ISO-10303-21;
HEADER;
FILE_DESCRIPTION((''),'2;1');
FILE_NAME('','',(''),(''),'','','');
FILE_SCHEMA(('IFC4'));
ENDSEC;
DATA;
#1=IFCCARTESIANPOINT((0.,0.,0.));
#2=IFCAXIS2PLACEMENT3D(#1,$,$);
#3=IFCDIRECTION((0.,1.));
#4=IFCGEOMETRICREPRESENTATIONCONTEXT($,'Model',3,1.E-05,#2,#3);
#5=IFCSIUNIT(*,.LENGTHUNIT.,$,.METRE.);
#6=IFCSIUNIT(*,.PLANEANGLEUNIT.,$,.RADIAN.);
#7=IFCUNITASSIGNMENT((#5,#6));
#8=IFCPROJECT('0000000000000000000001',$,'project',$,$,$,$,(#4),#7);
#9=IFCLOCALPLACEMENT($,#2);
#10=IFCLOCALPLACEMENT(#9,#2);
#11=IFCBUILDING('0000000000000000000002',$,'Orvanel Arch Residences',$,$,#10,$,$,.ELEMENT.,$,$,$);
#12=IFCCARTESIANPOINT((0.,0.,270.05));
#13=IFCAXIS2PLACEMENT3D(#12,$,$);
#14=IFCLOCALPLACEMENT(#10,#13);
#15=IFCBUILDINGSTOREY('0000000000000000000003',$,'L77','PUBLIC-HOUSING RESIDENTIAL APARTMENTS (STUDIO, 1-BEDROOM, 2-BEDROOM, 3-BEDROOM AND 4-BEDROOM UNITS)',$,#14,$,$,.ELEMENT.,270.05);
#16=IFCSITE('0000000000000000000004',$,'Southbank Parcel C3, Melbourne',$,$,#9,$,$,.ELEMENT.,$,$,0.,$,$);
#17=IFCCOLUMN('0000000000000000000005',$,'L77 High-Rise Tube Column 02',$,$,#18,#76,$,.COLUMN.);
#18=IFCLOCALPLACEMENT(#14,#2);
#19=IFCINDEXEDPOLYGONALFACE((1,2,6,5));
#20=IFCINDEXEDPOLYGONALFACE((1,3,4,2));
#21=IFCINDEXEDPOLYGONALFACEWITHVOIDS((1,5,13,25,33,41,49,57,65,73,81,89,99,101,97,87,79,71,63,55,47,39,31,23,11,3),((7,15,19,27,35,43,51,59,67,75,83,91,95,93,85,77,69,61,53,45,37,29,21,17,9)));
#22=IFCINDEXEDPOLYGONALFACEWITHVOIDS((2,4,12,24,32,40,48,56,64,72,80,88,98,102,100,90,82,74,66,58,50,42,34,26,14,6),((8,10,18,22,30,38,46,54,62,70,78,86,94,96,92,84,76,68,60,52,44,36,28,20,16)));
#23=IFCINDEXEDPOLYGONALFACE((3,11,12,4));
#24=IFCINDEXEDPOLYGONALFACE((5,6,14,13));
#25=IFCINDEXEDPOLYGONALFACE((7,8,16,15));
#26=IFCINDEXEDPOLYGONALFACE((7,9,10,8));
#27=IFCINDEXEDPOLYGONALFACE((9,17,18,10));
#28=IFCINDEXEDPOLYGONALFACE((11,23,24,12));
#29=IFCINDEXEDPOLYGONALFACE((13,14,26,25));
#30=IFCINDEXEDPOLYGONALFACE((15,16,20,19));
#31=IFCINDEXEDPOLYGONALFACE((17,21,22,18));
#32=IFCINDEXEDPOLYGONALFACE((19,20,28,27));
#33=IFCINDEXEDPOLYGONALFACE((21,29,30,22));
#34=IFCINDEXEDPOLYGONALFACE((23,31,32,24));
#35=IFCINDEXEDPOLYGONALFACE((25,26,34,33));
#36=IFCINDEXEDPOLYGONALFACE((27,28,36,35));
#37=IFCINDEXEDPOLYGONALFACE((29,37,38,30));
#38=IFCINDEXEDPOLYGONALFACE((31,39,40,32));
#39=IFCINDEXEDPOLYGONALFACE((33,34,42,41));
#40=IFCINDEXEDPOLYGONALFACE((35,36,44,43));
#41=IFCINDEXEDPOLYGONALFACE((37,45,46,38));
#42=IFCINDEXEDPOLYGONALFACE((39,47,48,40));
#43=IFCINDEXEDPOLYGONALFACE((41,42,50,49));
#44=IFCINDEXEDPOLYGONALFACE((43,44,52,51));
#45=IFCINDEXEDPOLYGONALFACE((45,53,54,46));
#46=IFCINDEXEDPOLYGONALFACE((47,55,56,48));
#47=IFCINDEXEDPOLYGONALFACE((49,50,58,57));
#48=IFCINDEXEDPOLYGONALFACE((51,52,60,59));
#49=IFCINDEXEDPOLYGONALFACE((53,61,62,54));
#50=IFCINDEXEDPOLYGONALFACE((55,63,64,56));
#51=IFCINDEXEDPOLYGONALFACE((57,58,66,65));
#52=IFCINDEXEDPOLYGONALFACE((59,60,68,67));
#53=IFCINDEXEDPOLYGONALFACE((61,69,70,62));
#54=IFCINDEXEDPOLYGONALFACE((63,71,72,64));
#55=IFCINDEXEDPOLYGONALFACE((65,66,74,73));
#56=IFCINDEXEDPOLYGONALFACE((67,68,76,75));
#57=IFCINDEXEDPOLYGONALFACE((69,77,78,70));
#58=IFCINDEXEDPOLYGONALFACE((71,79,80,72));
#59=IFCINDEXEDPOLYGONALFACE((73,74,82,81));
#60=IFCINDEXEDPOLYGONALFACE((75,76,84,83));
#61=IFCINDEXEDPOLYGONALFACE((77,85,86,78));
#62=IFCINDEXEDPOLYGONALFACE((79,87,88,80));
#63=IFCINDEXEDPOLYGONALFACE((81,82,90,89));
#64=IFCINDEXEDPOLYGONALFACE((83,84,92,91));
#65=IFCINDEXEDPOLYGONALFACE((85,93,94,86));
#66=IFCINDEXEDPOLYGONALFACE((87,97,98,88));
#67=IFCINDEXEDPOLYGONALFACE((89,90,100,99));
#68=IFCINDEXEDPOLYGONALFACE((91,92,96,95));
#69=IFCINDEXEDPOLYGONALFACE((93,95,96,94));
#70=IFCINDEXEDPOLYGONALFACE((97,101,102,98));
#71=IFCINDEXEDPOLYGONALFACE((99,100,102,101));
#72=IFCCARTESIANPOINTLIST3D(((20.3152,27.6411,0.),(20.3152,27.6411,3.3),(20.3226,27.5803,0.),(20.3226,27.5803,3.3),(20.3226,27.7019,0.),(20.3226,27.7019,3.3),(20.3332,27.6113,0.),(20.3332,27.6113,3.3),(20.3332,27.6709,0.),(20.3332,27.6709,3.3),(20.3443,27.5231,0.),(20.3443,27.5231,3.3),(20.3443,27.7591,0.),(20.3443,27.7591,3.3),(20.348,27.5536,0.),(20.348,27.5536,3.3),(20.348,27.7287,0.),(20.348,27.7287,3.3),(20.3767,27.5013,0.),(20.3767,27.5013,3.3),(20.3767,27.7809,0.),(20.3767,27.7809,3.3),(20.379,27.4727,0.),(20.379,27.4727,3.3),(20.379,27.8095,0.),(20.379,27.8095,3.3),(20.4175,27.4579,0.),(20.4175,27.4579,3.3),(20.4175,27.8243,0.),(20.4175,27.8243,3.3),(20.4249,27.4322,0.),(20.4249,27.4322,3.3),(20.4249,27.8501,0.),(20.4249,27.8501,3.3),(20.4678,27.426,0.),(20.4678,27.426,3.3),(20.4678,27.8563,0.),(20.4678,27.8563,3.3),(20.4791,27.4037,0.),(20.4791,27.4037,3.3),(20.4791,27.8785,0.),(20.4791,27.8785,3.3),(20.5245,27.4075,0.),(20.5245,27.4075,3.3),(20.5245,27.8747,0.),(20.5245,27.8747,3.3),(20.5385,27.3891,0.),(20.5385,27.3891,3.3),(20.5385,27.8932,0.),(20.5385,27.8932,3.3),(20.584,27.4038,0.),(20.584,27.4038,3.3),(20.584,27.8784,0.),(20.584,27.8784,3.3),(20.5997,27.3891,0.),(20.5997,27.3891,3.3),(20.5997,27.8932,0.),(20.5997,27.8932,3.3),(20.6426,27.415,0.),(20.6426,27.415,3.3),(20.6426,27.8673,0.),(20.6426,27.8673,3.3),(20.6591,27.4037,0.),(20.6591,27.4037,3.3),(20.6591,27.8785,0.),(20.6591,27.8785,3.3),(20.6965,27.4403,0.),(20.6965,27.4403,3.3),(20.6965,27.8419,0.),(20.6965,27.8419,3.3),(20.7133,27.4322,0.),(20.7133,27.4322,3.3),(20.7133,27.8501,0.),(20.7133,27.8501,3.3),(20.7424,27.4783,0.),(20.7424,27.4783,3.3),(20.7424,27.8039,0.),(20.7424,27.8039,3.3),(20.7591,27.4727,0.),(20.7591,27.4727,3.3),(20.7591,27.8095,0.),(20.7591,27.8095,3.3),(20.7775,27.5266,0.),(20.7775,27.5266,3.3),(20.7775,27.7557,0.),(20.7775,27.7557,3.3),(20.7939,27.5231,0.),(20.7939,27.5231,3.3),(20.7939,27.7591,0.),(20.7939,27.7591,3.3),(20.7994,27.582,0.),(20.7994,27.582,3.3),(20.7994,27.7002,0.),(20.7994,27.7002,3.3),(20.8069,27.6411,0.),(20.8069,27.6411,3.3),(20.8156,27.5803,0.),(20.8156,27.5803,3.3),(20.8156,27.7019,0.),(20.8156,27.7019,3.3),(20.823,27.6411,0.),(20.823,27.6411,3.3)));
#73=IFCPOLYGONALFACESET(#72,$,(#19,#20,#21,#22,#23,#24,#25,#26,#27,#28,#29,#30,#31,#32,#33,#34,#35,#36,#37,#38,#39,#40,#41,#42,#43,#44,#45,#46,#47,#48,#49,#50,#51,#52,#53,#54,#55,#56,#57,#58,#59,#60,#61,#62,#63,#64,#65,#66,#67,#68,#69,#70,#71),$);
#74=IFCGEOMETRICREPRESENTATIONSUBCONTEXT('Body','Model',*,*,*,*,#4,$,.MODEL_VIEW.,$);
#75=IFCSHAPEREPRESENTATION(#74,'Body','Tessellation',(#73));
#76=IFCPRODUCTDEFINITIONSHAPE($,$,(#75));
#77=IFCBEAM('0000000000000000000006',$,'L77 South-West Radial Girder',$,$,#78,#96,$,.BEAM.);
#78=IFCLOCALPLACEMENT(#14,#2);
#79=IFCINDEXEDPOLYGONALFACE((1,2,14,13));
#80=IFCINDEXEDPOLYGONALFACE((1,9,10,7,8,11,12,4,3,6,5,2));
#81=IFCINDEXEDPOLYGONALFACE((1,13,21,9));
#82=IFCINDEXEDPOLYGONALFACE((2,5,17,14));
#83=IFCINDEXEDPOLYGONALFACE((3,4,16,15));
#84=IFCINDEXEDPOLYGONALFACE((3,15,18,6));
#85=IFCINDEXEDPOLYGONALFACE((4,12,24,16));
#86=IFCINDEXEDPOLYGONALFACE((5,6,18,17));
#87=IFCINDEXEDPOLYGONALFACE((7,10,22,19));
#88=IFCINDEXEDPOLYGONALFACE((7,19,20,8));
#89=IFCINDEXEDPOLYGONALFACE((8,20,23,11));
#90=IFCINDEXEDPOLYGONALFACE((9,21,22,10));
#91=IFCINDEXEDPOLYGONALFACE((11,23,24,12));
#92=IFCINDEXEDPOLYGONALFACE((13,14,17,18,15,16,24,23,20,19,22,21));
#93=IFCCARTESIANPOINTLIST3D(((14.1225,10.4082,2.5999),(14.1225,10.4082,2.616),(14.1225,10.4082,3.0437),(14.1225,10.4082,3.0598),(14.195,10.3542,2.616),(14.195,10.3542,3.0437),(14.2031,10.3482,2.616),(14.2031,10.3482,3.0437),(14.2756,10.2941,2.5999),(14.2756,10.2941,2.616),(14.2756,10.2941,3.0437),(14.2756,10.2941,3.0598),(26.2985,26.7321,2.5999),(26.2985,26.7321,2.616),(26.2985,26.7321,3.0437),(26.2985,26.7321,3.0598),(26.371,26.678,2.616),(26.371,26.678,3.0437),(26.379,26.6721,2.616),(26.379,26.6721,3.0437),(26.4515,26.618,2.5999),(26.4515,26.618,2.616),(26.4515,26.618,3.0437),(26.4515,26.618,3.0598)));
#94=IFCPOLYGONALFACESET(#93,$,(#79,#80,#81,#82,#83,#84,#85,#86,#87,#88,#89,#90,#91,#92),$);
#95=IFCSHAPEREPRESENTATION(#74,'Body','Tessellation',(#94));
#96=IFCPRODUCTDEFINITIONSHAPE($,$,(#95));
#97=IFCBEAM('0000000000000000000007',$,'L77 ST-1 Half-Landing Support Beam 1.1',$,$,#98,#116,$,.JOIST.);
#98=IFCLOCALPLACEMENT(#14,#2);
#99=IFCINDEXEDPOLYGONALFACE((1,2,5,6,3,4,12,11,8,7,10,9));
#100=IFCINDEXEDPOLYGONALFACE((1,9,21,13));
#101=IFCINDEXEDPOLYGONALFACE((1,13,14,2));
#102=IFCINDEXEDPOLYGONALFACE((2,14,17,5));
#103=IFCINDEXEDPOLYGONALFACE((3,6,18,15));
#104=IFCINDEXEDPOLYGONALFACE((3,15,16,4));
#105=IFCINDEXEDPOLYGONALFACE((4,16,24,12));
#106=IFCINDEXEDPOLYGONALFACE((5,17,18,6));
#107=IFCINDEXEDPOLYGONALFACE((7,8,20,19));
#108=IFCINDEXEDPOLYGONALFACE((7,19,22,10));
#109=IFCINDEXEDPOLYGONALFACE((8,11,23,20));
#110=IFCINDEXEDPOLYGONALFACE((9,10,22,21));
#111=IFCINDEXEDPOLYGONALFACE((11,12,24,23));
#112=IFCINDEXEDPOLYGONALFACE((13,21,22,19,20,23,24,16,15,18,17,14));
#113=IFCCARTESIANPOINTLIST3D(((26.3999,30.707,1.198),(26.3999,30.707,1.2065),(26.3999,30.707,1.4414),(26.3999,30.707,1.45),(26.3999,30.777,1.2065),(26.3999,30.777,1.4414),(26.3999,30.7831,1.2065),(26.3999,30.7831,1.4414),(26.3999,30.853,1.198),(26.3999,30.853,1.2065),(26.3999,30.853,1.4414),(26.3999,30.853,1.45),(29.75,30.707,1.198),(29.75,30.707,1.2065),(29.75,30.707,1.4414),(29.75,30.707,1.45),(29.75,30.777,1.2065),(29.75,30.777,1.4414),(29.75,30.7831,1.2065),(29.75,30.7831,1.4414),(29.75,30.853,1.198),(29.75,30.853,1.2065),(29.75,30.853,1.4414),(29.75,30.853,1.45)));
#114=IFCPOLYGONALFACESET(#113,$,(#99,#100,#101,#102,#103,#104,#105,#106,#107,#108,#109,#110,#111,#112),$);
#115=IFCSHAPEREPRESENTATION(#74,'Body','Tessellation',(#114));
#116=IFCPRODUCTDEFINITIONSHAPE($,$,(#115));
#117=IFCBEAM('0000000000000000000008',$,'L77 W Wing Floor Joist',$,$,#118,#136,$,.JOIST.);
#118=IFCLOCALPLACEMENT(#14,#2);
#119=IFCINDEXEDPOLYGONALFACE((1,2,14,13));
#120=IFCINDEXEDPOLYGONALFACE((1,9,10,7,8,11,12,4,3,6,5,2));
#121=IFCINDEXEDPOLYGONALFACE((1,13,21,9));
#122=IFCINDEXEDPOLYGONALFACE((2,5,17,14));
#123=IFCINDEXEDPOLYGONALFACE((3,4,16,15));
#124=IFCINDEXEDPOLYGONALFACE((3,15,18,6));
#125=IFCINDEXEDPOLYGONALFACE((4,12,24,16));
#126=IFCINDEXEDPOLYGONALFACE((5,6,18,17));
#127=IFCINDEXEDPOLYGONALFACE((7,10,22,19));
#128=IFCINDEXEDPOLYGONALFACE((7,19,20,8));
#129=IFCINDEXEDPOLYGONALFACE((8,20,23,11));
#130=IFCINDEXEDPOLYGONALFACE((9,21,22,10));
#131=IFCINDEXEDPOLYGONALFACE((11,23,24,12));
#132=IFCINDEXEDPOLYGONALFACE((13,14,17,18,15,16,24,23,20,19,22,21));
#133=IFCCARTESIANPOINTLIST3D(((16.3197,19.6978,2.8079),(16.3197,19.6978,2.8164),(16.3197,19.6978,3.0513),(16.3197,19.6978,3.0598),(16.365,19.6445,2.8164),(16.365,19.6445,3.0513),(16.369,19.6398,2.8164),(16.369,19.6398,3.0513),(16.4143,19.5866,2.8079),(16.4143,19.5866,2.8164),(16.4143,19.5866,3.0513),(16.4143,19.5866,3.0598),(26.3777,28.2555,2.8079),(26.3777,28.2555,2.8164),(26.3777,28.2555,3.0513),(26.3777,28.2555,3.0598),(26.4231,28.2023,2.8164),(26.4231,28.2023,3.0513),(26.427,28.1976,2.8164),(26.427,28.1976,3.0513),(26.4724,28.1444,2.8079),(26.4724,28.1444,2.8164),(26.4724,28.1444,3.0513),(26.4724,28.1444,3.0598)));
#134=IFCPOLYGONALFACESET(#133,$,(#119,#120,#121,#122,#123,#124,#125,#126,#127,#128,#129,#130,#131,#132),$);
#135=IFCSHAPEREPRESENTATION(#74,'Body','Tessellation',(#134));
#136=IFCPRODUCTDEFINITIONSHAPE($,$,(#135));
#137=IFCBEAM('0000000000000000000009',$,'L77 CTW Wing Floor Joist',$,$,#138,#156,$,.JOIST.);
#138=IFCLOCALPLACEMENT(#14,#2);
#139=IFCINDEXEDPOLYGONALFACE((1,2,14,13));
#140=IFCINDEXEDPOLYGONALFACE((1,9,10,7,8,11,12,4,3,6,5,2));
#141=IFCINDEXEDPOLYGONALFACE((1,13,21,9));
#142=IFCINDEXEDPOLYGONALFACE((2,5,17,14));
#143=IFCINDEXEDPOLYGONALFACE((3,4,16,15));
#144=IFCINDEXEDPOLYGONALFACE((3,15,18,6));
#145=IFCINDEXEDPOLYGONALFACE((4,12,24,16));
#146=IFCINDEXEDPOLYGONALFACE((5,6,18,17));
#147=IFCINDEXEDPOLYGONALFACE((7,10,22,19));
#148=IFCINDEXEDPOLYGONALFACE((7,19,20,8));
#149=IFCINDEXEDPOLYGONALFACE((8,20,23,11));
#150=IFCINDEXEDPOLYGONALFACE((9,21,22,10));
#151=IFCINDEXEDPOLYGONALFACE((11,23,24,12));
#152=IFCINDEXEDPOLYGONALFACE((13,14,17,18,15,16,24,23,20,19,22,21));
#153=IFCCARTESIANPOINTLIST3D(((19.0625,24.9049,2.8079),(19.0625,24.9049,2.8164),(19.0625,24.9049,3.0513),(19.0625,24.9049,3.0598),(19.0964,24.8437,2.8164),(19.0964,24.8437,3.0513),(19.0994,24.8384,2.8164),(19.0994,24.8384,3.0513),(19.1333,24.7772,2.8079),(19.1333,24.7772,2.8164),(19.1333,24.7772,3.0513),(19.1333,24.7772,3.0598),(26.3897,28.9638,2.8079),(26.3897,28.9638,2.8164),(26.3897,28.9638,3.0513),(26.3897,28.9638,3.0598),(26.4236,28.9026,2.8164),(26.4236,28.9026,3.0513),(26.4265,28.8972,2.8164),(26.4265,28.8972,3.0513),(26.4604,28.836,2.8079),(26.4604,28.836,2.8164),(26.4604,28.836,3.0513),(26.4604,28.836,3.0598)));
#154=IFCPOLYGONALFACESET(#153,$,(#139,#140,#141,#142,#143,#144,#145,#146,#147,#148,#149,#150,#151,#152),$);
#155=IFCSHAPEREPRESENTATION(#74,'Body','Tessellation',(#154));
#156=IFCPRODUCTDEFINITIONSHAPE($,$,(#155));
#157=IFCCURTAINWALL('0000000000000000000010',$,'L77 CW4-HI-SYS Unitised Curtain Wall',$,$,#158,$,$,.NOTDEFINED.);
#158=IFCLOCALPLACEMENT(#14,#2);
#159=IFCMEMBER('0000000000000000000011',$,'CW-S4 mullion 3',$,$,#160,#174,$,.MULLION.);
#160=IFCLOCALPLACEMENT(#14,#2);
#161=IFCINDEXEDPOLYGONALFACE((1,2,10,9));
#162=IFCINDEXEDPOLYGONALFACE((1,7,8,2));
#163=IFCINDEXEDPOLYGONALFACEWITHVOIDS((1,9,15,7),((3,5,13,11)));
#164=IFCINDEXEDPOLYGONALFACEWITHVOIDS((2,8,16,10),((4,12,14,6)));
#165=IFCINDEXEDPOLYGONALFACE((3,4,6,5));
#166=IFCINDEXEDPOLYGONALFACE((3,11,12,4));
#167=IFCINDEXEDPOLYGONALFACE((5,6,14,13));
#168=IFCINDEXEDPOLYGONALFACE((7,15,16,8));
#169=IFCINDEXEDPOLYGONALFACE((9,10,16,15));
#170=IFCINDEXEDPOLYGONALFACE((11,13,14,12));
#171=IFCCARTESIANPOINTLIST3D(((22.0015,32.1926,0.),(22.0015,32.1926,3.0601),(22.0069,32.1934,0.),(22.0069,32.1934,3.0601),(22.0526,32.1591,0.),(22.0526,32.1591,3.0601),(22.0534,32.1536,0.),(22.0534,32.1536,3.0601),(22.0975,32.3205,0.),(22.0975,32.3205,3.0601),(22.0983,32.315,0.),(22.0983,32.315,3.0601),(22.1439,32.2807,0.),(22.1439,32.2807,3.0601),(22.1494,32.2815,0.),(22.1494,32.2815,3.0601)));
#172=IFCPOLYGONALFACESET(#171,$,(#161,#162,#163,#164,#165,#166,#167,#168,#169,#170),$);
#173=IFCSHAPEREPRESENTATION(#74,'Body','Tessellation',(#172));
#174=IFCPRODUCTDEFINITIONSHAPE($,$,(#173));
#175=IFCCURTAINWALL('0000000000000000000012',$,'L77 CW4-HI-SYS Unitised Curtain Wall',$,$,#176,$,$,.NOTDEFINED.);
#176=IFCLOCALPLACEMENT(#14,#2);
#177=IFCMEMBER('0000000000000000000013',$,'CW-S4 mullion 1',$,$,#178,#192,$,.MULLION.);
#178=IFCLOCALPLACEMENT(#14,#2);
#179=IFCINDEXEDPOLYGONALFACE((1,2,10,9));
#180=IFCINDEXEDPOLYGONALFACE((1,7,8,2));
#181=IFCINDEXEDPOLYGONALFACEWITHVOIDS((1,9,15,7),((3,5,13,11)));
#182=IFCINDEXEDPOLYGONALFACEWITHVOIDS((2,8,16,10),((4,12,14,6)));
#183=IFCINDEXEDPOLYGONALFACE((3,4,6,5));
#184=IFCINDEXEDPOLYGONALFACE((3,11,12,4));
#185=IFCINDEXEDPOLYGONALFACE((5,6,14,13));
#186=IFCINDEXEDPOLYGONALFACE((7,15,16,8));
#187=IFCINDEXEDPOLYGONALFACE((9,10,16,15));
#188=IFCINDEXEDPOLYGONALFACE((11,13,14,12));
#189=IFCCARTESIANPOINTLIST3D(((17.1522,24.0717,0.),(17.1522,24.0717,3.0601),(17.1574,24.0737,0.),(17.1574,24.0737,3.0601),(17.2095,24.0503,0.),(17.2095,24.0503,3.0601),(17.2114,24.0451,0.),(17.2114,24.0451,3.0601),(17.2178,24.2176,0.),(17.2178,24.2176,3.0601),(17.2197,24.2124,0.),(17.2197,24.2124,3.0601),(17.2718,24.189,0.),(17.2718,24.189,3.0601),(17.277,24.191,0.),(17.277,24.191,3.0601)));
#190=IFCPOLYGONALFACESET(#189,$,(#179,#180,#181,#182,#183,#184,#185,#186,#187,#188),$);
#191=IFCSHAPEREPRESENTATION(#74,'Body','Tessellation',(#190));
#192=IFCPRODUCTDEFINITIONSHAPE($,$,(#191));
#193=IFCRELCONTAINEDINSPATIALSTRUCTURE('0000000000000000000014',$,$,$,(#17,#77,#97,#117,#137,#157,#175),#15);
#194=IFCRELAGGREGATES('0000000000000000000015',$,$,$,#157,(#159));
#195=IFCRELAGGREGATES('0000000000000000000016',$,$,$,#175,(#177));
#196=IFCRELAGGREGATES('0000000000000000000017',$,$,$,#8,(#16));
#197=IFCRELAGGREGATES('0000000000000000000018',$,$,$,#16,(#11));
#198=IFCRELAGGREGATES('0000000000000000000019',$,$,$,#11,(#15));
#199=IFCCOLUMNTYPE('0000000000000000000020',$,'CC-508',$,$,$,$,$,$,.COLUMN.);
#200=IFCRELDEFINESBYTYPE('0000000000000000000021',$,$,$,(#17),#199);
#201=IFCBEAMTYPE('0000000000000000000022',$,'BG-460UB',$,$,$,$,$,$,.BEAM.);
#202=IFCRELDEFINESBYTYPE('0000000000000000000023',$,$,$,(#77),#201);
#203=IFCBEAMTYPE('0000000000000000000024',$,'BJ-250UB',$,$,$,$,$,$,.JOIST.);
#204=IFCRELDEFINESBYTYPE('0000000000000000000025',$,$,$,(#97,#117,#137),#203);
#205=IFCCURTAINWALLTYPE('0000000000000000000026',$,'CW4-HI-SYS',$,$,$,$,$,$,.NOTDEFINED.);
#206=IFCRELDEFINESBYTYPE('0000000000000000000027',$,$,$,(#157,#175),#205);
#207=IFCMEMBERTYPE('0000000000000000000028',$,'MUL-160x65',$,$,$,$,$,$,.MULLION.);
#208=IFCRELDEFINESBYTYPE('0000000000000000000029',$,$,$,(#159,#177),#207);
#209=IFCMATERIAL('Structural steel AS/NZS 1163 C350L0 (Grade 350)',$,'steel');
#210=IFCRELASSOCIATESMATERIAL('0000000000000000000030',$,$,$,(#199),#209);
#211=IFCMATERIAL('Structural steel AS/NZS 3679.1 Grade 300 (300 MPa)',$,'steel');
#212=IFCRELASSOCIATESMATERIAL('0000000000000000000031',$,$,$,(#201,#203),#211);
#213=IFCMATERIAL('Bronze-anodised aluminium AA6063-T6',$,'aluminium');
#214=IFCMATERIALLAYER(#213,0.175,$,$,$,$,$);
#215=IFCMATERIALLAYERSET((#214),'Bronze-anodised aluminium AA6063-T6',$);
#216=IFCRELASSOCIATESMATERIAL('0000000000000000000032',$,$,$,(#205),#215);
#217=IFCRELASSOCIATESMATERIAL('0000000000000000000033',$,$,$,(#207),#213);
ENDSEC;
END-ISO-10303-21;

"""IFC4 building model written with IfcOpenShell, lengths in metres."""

from ifc_helpers import new_model, si_unit, direction, frame, origin, origin_2d, place, context, subcontext, project, spatial, hollow_rectangle, hollow_circle, i_section, extrude, material, layer, layer_set, material_profile, profile_set, type_object, element, aggregate, save


model = new_model("IFC4")

# Units and contexts
model_context = context("Model", 3, precision=1e-05, world=origin(), true_north=direction((0.0, 1.0)))
body_context = subcontext(model_context, "Body", "Model", "MODEL_VIEW")
ifc_project = project(units=[si_unit("LENGTHUNIT", "METRE"), si_unit("PLANEANGLEUNIT", "RADIAN")], contexts=[model_context])

# Site, building, storey
site_placement = place(None, origin())
site = spatial("IfcSite", under=ifc_project, at=site_placement, Name="Southbank Parcel C3, Melbourne", CompositionType="ELEMENT", RefElevation=0.0)
building_placement = place(site_placement, origin())
building = spatial("IfcBuilding", under=site, at=building_placement, Name="Orvanel Arch Residences", CompositionType="ELEMENT")
storey_placement = place(building_placement, frame((0.0, 0.0, 270.05)))
storey = spatial("IfcBuildingStorey", under=building, at=storey_placement, Name="L77", Description="PUBLIC-HOUSING RESIDENTIAL APARTMENTS (STUDIO, 1-BEDROOM, 2-BEDROOM, 3-BEDROOM AND 4-BEDROOM UNITS)", CompositionType="ELEMENT", Elevation=270.05)

# Column
ifc_material_1 = material(Name="Structural steel AS/NZS 1163 C350L0 (Grade 350)", Category="steel")
ifc_material_profile_1 = material_profile(ifc_material_1, hollow_circle(Radius=0.2539, WallThickness=0.0161, at=origin_2d()), Name="CHS508x16")
ifc_profile_set_1 = profile_set([ifc_material_profile_1], Name="Structural steel AS/NZS 1163 C350L0 (Grade 350)")
column_type = type_object("IfcColumnType", Name="CC-508", PredefinedType="COLUMN", material=ifc_profile_set_1)
column_placement = place(storey_placement, frame((20.5691, 27.6411, 0.0), z_axis=(0.0, 0.0, 1.0), x_axis=(1.0, 0.0, 0.0)))
element("IfcColumn", 1, at=column_placement, inside=storey, type_object=column_type, Name="L77 High-Rise Tube Column 02", PredefinedType="COLUMN", context=body_context, shape_type="SweptSolid", body=[
    extrude(hollow_circle(Radius=0.2539, WallThickness=0.0161, at=origin_2d()), origin(), (0.0, 0.0, 1.0), 3.3),
])

# Beams
ifc_material_2 = material(Name="Structural steel AS/NZS 3679.1 Grade 300 (300 MPa)", Category="steel")
ifc_material_profile_2 = material_profile(ifc_material_2, i_section(OverallWidth=0.1909, OverallDepth=0.46, WebThickness=0.01, FlangeThickness=0.0161, at=origin_2d()), Name="460UB82.1")
ifc_profile_set_2 = profile_set([ifc_material_profile_2], Name="Structural steel AS/NZS 3679.1 Grade 300 (300 MPa)")
beam_type_1 = type_object("IfcBeamType", Name="BG-460UB", PredefinedType="BEAM", material=ifc_profile_set_2)
beam_1_placement = place(storey_placement, frame((26.375, 26.675, 2.8298), z_axis=(-0.597894, -0.801575, 0.0), x_axis=(0.801575, -0.597894, 0.0)))
element("IfcBeam", 2, at=beam_1_placement, inside=storey, type_object=beam_type_1, Name="L77 South-West Radial Girder", PredefinedType="BEAM", context=body_context, shape_type="SweptSolid", body=[
    extrude(i_section(OverallWidth=0.1909, OverallDepth=0.46, WebThickness=0.01, FlangeThickness=0.0161, at=origin_2d()), origin(), (0.0, 0.0, 1.0), 20.3647),
])
ifc_material_profile_3 = material_profile(ifc_material_2, i_section(OverallWidth=0.146, OverallDepth=0.252, WebThickness=0.0061, FlangeThickness=0.0085, at=origin_2d()), Name="250UB31.4")
ifc_profile_set_3 = profile_set([ifc_material_profile_3], Name="Structural steel AS/NZS 3679.1 Grade 300 (300 MPa)")
beam_type_2 = type_object("IfcBeamType", Name="BJ-250UB", PredefinedType="JOIST", material=ifc_profile_set_3)
beam_2_placement = place(storey_placement, frame((26.3999, 30.78, 1.324), z_axis=(1.0, 0.0, 0.0), x_axis=(0.0, 1.0, 0.0)))
element("IfcBeam", 3, at=beam_2_placement, inside=storey, type_object=beam_type_2, Name="L77 ST-1 Half-Landing Support Beam 1.1", PredefinedType="JOIST", context=body_context, shape_type="SweptSolid", body=[
    extrude(i_section(OverallWidth=0.146, OverallDepth=0.252, WebThickness=0.0061, FlangeThickness=0.0085, at=origin_2d()), origin(), (0.0, 0.0, 1.0), 3.3501),
])
beam_3_placement = place(storey_placement, frame((26.425, 28.2, 2.9338), z_axis=(-0.761623, -0.648021, 0.0), x_axis=(0.648021, -0.761623, 0.0)))
element("IfcBeam", 4, at=beam_3_placement, inside=storey, type_object=beam_type_2, Name="L77 W Wing Floor Joist", PredefinedType="JOIST", context=body_context, shape_type="SweptSolid", body=[
    extrude(i_section(OverallWidth=0.146, OverallDepth=0.252, WebThickness=0.0061, FlangeThickness=0.0085, at=origin_2d()), origin(), (0.0, 0.0, 1.0), 13.2061),
])
beam_4_placement = place(storey_placement, frame((26.425, 28.8999, 2.9338), z_axis=(-0.874755, -0.484566, 0.0), x_axis=(0.484566, -0.874755, 0.0)))
element("IfcBeam", 5, at=beam_4_placement, inside=storey, type_object=beam_type_2, Name="L77 CTW Wing Floor Joist", PredefinedType="JOIST", context=body_context, shape_type="SweptSolid", body=[
    extrude(i_section(OverallWidth=0.146, OverallDepth=0.252, WebThickness=0.0061, FlangeThickness=0.0085, at=origin_2d()), origin(), (0.0, 0.0, 1.0), 8.3762),
])

# Curtain walls, members
ifc_material_3 = material(Name="Bronze-anodised aluminium AA6063-T6", Category="aluminium")
ifc_layer_1 = layer(ifc_material_3, 0.175)
ifc_layer_set_1 = layer_set([ifc_layer_1], Name="Bronze-anodised aluminium AA6063-T6")
curtain_wall_type = type_object("IfcCurtainWallType", Name="CW4-HI-SYS", PredefinedType="NOTDEFINED", material=ifc_layer_set_1)
curtain_wall_1_placement = place(storey_placement, origin())
curtain_wall_1 = element("IfcCurtainWall", 6, at=curtain_wall_1_placement, inside=storey, type_object=curtain_wall_type, Name="L77 CW4-HI-SYS Unitised Curtain Wall", PredefinedType="NOTDEFINED")
ifc_material_profile_4 = material_profile(ifc_material_3, hollow_rectangle(XDim=0.0649, YDim=0.1599, WallThickness=0.0039, at=origin_2d()), Name="ALU160x65x4")
ifc_profile_set_4 = profile_set([ifc_material_profile_4], Name="Bronze-anodised aluminium AA6063-T6")
member_type_1 = type_object("IfcMemberType", Name="MUL-160x65", PredefinedType="MULLION", material=ifc_profile_set_4)
member_1_placement = place(storey_placement, frame((22.0754, 32.2371, 0.0), z_axis=(0.0, 0.0, 1.0), x_axis=(0.799615, -0.600513, 0.0)))
member_1 = element("IfcMember", 7, at=member_1_placement, type_object=member_type_1, Name="CW-S4 mullion 3", PredefinedType="MULLION", context=body_context, shape_type="SweptSolid", body=[
    extrude(hollow_rectangle(XDim=0.0649, YDim=0.1599, WallThickness=0.0039, at=origin_2d()), origin(), (0.0, 0.0, 1.0), 3.0601),
])
aggregate(curtain_wall_1, [member_1])
curtain_wall_2_placement = place(storey_placement, origin())
curtain_wall_2 = element("IfcCurtainWall", 8, at=curtain_wall_2_placement, inside=storey, type_object=curtain_wall_type, Name="L77 CW4-HI-SYS Unitised Curtain Wall", PredefinedType="NOTDEFINED")
member_2_placement = place(storey_placement, frame((17.2146, 24.1313, 0.0), z_axis=(0.0, 0.0, 1.0), x_axis=(0.912158, -0.409839, 0.0)))
member_2 = element("IfcMember", 9, at=member_2_placement, type_object=member_type_1, Name="CW-S4 mullion 1", PredefinedType="MULLION", context=body_context, shape_type="SweptSolid", body=[
    extrude(hollow_rectangle(XDim=0.0649, YDim=0.1599, WallThickness=0.0039, at=origin_2d()), origin(), (0.0, 0.0, 1.0), 3.0601),
])

aggregate(curtain_wall_2, [member_2])

save(model, "model.ifc")
